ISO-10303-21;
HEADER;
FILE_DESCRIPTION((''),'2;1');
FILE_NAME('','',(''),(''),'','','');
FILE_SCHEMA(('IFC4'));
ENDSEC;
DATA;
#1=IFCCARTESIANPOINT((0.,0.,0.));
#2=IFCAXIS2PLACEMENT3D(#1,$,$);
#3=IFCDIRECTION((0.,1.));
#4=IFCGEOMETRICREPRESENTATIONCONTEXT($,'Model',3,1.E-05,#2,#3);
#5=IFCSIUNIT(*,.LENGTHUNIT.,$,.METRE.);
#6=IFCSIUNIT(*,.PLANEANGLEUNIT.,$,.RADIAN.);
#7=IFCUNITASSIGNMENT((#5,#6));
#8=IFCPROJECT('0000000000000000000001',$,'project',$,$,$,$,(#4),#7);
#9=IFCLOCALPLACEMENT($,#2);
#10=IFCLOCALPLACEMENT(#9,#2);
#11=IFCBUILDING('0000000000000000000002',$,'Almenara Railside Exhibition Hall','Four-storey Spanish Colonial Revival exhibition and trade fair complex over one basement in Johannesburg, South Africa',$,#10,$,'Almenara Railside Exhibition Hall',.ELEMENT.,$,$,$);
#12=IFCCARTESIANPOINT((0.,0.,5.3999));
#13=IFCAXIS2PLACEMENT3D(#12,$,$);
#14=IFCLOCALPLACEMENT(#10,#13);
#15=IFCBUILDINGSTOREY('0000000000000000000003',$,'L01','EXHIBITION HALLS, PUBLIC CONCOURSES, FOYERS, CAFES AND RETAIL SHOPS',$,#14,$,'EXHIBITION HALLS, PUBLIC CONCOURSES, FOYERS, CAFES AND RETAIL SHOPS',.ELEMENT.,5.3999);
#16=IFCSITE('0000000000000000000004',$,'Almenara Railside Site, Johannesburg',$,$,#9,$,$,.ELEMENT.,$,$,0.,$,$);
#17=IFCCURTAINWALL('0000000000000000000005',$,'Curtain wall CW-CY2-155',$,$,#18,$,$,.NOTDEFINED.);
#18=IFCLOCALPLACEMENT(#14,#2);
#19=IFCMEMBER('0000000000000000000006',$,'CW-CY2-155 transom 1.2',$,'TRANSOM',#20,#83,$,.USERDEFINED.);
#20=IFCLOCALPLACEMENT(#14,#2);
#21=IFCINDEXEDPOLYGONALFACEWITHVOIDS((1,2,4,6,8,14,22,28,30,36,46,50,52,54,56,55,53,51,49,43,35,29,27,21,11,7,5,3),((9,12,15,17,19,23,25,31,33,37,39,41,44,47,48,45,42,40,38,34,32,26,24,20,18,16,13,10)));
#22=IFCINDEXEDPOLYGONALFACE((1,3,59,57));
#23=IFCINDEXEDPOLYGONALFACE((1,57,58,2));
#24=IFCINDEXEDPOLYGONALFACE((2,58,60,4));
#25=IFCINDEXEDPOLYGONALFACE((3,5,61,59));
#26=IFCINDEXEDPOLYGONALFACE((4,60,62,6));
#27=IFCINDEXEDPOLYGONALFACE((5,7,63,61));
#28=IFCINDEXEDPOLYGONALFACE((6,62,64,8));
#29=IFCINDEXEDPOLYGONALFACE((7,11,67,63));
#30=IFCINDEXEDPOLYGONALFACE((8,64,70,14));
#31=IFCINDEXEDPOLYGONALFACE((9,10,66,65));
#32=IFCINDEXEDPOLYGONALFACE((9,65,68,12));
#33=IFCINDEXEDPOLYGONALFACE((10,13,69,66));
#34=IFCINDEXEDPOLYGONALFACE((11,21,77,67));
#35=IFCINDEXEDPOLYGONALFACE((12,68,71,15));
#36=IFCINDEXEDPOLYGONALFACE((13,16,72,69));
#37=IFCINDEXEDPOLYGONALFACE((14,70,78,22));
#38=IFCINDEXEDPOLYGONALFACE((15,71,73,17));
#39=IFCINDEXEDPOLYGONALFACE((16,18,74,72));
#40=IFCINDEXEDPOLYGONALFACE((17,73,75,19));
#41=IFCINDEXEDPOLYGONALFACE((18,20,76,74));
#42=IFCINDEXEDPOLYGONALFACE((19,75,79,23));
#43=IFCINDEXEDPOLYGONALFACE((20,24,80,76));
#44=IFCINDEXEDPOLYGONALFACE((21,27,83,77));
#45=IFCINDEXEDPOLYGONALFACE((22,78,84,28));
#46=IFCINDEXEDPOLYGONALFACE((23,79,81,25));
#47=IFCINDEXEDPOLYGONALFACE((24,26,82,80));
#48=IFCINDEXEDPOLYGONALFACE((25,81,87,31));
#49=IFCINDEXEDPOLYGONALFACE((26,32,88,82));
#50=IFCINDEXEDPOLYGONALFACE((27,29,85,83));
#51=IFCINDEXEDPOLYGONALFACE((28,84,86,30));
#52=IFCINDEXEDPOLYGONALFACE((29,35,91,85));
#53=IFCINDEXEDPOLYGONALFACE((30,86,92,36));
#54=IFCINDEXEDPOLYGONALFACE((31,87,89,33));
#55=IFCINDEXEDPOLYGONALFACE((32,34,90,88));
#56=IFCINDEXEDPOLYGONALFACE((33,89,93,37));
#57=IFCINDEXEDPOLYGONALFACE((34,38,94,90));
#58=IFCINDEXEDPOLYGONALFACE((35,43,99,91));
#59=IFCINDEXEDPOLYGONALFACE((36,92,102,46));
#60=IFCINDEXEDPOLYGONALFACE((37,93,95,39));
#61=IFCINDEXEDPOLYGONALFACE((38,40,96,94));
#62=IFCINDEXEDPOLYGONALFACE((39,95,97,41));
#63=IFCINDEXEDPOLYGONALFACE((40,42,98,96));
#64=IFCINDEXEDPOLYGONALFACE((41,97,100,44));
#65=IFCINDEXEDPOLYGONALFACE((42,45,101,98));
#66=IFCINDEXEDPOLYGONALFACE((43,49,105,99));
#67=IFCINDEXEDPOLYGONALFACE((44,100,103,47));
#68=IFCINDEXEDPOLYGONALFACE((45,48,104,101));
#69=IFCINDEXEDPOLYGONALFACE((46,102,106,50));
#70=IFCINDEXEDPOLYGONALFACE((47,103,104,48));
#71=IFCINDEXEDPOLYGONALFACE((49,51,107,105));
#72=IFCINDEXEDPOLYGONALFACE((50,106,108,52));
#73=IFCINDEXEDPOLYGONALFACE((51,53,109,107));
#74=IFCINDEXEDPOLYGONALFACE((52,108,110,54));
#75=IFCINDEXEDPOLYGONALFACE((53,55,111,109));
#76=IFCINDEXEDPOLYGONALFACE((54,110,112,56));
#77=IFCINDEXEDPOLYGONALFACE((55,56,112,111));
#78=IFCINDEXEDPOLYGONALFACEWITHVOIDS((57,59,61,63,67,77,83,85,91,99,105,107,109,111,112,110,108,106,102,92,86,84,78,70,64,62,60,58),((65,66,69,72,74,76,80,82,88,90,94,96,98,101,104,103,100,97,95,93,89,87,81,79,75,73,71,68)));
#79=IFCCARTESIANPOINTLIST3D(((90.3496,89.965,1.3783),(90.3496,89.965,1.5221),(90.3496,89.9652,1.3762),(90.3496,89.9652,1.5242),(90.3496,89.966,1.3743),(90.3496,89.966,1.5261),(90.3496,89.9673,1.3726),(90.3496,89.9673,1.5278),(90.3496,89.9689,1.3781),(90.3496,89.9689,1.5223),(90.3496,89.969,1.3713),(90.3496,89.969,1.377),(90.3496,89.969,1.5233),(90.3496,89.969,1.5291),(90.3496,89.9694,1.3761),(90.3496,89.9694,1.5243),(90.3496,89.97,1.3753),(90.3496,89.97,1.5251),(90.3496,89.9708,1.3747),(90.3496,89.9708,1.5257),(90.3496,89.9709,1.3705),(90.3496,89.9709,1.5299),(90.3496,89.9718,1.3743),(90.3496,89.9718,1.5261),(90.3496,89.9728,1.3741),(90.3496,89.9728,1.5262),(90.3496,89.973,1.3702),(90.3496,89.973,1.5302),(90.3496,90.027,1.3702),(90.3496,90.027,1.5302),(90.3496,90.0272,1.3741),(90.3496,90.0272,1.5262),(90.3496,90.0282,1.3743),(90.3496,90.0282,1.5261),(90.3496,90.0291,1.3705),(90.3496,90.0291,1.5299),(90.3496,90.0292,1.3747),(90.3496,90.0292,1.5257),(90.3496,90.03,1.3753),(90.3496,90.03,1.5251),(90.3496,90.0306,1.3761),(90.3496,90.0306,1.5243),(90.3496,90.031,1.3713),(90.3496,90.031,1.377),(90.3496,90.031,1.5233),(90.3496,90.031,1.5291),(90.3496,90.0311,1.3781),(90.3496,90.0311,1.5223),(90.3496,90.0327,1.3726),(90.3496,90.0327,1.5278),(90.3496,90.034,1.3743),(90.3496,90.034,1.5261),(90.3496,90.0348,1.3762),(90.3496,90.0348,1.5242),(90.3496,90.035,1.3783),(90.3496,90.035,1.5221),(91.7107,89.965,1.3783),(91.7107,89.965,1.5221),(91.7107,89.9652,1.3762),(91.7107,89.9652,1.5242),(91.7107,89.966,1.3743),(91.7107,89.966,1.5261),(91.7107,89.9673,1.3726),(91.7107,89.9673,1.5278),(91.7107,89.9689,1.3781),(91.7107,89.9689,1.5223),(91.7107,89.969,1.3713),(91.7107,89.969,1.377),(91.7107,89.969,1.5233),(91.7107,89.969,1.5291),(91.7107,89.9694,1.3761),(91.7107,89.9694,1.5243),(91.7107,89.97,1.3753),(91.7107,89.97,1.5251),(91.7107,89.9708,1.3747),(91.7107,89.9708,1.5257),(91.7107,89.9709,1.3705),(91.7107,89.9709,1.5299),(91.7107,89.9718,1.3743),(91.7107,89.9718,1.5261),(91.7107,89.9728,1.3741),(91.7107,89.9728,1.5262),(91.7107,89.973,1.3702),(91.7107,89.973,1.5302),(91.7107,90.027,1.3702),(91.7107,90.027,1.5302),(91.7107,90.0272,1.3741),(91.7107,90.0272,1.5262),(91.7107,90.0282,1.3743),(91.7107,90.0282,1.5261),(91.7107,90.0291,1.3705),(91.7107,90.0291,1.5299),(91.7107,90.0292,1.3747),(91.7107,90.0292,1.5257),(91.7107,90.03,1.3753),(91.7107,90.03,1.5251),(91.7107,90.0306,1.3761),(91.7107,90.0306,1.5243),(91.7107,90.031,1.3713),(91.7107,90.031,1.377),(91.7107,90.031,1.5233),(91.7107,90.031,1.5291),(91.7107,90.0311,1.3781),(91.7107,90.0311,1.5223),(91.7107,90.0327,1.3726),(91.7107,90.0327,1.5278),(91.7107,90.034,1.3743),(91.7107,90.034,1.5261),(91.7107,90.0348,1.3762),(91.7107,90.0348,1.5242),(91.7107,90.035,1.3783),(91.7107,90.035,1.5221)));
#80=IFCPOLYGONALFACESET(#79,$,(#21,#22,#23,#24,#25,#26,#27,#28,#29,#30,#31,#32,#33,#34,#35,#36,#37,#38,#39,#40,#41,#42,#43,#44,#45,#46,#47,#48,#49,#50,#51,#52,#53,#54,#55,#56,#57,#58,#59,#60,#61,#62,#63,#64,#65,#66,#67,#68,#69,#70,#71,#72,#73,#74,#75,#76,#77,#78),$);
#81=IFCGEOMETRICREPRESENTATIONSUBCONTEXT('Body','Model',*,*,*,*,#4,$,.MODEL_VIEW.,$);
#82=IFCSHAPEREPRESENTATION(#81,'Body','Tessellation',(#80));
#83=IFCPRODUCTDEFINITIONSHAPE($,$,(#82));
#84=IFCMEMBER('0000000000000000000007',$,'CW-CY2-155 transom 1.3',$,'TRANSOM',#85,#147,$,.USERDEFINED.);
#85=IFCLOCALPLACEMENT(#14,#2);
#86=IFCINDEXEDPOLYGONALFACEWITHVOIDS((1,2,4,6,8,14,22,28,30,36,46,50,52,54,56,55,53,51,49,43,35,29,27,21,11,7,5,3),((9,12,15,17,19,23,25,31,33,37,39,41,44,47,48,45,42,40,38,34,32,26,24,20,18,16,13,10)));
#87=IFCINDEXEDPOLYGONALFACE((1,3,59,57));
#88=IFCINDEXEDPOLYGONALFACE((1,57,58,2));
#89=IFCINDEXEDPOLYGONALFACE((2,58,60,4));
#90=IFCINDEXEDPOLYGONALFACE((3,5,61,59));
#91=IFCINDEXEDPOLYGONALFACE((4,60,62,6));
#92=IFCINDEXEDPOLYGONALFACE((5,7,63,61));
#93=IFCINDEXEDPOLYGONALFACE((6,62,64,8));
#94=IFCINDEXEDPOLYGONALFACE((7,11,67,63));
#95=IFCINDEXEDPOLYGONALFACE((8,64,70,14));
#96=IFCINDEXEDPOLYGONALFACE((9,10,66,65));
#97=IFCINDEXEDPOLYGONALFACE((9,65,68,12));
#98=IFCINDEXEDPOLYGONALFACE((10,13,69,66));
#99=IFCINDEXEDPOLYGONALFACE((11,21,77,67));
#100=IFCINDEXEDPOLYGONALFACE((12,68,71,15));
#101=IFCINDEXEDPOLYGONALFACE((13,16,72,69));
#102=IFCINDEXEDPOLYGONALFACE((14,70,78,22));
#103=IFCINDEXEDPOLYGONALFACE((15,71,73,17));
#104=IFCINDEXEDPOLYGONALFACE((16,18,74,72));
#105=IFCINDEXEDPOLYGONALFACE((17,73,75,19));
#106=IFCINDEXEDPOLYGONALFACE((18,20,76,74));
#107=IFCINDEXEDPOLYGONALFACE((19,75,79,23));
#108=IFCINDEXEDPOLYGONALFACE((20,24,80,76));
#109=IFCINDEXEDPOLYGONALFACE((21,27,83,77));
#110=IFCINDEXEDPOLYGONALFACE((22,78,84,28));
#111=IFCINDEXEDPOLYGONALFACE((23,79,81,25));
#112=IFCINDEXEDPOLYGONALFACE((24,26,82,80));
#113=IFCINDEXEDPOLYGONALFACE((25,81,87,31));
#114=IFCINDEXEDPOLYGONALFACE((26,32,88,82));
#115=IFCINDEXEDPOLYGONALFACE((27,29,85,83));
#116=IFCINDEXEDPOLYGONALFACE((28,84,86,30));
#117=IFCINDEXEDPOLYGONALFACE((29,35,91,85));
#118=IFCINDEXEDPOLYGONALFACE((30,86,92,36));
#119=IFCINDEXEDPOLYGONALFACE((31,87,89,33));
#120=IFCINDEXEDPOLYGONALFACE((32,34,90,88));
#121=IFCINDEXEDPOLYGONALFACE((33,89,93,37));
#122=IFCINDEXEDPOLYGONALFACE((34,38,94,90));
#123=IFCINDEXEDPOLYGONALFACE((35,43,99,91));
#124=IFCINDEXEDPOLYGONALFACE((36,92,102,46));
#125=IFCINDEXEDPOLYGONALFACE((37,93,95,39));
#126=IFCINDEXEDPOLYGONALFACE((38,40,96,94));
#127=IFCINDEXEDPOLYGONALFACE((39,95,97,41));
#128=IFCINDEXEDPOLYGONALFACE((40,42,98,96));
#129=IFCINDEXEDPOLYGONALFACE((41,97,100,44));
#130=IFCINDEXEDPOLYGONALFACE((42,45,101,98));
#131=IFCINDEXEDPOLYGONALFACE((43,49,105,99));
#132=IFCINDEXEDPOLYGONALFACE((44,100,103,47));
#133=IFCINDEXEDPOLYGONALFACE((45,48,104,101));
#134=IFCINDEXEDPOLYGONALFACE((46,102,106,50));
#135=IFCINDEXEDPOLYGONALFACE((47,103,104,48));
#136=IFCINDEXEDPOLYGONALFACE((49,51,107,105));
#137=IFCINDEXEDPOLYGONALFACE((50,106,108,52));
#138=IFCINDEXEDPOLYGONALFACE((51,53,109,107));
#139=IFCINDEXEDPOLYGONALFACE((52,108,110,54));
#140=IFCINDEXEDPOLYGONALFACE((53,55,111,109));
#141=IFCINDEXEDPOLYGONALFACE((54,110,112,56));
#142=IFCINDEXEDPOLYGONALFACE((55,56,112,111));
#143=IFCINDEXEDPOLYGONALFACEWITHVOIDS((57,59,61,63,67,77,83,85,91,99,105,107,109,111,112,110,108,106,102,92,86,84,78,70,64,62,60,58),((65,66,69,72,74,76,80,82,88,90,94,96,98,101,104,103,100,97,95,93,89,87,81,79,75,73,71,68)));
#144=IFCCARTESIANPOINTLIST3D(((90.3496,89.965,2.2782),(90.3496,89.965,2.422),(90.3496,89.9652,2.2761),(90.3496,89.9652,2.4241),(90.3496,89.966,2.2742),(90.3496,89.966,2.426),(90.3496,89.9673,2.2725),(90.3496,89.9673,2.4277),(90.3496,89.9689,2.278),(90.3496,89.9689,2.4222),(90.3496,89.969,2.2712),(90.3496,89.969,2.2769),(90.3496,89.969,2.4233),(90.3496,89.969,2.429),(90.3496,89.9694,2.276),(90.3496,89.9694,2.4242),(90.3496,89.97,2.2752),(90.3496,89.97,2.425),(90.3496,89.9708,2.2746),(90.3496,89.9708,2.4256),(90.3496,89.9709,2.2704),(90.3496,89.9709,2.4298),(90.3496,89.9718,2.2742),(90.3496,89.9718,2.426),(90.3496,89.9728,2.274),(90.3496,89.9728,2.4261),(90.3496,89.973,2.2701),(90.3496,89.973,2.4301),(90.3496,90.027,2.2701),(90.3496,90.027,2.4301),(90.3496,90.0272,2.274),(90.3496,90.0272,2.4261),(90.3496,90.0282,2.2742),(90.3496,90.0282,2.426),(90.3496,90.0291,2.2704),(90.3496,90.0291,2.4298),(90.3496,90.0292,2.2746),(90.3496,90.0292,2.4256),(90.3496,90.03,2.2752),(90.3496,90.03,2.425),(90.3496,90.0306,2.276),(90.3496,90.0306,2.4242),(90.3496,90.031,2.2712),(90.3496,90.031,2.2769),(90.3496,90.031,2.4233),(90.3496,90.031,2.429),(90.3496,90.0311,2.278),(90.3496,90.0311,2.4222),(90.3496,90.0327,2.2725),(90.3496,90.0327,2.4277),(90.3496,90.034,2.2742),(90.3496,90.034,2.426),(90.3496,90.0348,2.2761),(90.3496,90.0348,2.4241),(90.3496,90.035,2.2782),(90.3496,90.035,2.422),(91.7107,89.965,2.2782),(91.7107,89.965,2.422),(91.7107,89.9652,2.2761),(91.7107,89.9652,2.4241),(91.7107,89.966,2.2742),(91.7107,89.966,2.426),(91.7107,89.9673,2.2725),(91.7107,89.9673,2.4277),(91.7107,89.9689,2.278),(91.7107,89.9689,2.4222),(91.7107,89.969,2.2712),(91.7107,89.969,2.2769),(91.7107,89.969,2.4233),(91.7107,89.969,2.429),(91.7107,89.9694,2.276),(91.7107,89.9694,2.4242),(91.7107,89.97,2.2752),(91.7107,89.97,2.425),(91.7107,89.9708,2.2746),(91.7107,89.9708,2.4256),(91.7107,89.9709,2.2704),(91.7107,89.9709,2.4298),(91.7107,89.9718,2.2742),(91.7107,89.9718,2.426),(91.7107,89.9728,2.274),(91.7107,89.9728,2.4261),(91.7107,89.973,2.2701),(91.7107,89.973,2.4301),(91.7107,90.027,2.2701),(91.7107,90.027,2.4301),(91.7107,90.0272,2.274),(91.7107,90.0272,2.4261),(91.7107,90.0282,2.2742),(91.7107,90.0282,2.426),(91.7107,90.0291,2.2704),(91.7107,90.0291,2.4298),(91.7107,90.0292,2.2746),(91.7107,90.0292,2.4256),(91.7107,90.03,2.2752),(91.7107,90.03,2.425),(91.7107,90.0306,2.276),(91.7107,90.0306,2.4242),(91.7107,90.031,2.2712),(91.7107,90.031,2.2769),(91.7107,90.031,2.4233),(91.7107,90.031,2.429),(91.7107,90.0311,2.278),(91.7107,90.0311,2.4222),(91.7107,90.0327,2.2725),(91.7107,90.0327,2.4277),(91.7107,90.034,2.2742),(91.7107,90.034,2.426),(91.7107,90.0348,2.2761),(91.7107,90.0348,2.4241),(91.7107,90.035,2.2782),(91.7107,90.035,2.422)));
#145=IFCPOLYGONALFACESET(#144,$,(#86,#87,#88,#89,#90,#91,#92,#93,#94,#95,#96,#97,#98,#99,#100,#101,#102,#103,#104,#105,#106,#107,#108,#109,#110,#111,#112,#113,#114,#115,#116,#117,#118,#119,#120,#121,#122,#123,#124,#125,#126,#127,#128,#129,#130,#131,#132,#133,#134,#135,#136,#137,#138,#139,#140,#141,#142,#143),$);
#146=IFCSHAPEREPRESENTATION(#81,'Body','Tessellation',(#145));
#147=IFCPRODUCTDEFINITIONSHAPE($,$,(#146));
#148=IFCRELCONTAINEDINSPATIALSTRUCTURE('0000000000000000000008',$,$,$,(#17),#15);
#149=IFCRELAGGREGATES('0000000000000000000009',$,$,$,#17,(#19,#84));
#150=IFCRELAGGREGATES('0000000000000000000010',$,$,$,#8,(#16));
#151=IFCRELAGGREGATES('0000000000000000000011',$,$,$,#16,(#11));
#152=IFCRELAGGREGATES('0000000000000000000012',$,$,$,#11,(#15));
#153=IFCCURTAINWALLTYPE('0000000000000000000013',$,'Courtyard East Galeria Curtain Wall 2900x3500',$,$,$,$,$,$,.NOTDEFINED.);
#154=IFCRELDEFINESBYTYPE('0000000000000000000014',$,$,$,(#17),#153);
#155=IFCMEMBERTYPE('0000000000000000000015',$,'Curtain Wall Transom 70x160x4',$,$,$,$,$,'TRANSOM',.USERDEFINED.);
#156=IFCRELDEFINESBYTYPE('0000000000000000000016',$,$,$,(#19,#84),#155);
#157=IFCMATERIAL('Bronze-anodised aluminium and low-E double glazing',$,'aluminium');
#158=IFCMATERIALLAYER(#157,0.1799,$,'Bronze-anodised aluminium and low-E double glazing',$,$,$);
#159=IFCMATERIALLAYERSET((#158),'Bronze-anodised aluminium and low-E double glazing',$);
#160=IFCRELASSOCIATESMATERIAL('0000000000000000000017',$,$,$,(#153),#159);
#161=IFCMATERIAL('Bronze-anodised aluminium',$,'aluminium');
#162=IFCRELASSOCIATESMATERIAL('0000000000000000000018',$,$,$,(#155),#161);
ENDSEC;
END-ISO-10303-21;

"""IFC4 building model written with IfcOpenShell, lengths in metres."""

from ifc_helpers import new_model, si_unit, direction, frame, origin, origin_2d, place, context, subcontext, project, spatial, hollow_rectangle, extrude, material, layer, layer_set, material_profile, profile_set, type_object, element, aggregate, save


model = new_model("IFC4")

# Units and contexts
model_context = context("Model", 3, precision=1e-05, world=origin(), true_north=direction((0.0, 1.0)))
body_context = subcontext(model_context, "Body", "Model", "MODEL_VIEW")
ifc_project = project(units=[si_unit("LENGTHUNIT", "METRE"), si_unit("PLANEANGLEUNIT", "RADIAN")], contexts=[model_context])

# Site, building, storey
site_placement = place(None, origin())
site = spatial("IfcSite", under=ifc_project, at=site_placement, Name="Almenara Railside Site, Johannesburg", CompositionType="ELEMENT", RefElevation=0.0)
building_placement = place(site_placement, origin())
building = spatial("IfcBuilding", under=site, at=building_placement, Name="Almenara Railside Exhibition Hall", Description="Four-storey Spanish Colonial Revival exhibition and trade fair complex over one basement in Johannesburg, South Africa", LongName="Almenara Railside Exhibition Hall", CompositionType="ELEMENT")
storey_placement = place(building_placement, frame((0.0, 0.0, 5.3999)))
storey = spatial("IfcBuildingStorey", under=building, at=storey_placement, Name="L01", Description="EXHIBITION HALLS, PUBLIC CONCOURSES, FOYERS, CAFES AND RETAIL SHOPS", LongName="EXHIBITION HALLS, PUBLIC CONCOURSES, FOYERS, CAFES AND RETAIL SHOPS", CompositionType="ELEMENT", Elevation=5.3999)

# Shared definitions
ifc_material_1 = material(Name="Bronze-anodised aluminium and low-E double glazing", Category="aluminium")
ifc_material_2 = material(Name="Bronze-anodised aluminium", Category="aluminium")

# Curtain wall
ifc_layer_1 = layer(ifc_material_1, 0.1799, Name="Bronze-anodised aluminium and low-E double glazing")
ifc_layer_set_1 = layer_set([ifc_layer_1], Name="Bronze-anodised aluminium and low-E double glazing")
curtain_wall_type_1 = type_object("IfcCurtainWallType", Name="Courtyard East Galeria Curtain Wall 2900x3500", PredefinedType="NOTDEFINED", material=ifc_layer_set_1)
curtain_wall_1_placement = place(storey_placement, origin())
curtain_wall_1 = element("IfcCurtainWall", 1, at=curtain_wall_1_placement, inside=storey, type_object=curtain_wall_type_1, Name="Curtain wall CW-CY2-155", PredefinedType="NOTDEFINED")

# Members
ifc_material_profile_1 = material_profile(ifc_material_2, hollow_rectangle(XDim=0.0701, YDim=0.1599, WallThickness=0.0039, InnerFilletRadius=0.0039, OuterFilletRadius=0.0081, at=origin_2d()), Name="ALU-TRN 70x160x4")
ifc_profile_set_1 = profile_set([ifc_material_profile_1], Name="Bronze-anodised aluminium")
member_type_1 = type_object("IfcMemberType", Name="Curtain Wall Transom 70x160x4", ElementType="TRANSOM", PredefinedType="USERDEFINED", material=ifc_profile_set_1)
member_1_placement = place(storey_placement, frame((91.7107, 90.0, 1.4502), z_axis=(-1.0, 0.0, 0.0), x_axis=(0.0, -1.0, 0.0)))
member_1 = element("IfcMember", 2, at=member_1_placement, type_object=member_type_1, Name="CW-CY2-155 transom 1.2", ObjectType="TRANSOM", PredefinedType="USERDEFINED", context=body_context, shape_type="SweptSolid", body=[
    extrude(hollow_rectangle(XDim=0.0701, YDim=0.1599, WallThickness=0.0039, InnerFilletRadius=0.0039, OuterFilletRadius=0.0081, at=origin_2d()), origin(), (0.0, 0.0, 1.0), 1.3611),
])
member_2_placement = place(storey_placement, frame((91.7107, 90.0, 2.3501), z_axis=(-1.0, 0.0, 0.0), x_axis=(0.0, -1.0, 0.0)))
member_2 = element("IfcMember", 3, at=member_2_placement, type_object=member_type_1, Name="CW-CY2-155 transom 1.3", ObjectType="TRANSOM", PredefinedType="USERDEFINED", context=body_context, shape_type="SweptSolid", body=[
    extrude(hollow_rectangle(XDim=0.0701, YDim=0.1599, WallThickness=0.0039, InnerFilletRadius=0.0039, OuterFilletRadius=0.0081, at=origin_2d()), origin(), (0.0, 0.0, 1.0), 1.3611),
])

aggregate(curtain_wall_1, [member_1, member_2])

save(model, "model.ifc")
